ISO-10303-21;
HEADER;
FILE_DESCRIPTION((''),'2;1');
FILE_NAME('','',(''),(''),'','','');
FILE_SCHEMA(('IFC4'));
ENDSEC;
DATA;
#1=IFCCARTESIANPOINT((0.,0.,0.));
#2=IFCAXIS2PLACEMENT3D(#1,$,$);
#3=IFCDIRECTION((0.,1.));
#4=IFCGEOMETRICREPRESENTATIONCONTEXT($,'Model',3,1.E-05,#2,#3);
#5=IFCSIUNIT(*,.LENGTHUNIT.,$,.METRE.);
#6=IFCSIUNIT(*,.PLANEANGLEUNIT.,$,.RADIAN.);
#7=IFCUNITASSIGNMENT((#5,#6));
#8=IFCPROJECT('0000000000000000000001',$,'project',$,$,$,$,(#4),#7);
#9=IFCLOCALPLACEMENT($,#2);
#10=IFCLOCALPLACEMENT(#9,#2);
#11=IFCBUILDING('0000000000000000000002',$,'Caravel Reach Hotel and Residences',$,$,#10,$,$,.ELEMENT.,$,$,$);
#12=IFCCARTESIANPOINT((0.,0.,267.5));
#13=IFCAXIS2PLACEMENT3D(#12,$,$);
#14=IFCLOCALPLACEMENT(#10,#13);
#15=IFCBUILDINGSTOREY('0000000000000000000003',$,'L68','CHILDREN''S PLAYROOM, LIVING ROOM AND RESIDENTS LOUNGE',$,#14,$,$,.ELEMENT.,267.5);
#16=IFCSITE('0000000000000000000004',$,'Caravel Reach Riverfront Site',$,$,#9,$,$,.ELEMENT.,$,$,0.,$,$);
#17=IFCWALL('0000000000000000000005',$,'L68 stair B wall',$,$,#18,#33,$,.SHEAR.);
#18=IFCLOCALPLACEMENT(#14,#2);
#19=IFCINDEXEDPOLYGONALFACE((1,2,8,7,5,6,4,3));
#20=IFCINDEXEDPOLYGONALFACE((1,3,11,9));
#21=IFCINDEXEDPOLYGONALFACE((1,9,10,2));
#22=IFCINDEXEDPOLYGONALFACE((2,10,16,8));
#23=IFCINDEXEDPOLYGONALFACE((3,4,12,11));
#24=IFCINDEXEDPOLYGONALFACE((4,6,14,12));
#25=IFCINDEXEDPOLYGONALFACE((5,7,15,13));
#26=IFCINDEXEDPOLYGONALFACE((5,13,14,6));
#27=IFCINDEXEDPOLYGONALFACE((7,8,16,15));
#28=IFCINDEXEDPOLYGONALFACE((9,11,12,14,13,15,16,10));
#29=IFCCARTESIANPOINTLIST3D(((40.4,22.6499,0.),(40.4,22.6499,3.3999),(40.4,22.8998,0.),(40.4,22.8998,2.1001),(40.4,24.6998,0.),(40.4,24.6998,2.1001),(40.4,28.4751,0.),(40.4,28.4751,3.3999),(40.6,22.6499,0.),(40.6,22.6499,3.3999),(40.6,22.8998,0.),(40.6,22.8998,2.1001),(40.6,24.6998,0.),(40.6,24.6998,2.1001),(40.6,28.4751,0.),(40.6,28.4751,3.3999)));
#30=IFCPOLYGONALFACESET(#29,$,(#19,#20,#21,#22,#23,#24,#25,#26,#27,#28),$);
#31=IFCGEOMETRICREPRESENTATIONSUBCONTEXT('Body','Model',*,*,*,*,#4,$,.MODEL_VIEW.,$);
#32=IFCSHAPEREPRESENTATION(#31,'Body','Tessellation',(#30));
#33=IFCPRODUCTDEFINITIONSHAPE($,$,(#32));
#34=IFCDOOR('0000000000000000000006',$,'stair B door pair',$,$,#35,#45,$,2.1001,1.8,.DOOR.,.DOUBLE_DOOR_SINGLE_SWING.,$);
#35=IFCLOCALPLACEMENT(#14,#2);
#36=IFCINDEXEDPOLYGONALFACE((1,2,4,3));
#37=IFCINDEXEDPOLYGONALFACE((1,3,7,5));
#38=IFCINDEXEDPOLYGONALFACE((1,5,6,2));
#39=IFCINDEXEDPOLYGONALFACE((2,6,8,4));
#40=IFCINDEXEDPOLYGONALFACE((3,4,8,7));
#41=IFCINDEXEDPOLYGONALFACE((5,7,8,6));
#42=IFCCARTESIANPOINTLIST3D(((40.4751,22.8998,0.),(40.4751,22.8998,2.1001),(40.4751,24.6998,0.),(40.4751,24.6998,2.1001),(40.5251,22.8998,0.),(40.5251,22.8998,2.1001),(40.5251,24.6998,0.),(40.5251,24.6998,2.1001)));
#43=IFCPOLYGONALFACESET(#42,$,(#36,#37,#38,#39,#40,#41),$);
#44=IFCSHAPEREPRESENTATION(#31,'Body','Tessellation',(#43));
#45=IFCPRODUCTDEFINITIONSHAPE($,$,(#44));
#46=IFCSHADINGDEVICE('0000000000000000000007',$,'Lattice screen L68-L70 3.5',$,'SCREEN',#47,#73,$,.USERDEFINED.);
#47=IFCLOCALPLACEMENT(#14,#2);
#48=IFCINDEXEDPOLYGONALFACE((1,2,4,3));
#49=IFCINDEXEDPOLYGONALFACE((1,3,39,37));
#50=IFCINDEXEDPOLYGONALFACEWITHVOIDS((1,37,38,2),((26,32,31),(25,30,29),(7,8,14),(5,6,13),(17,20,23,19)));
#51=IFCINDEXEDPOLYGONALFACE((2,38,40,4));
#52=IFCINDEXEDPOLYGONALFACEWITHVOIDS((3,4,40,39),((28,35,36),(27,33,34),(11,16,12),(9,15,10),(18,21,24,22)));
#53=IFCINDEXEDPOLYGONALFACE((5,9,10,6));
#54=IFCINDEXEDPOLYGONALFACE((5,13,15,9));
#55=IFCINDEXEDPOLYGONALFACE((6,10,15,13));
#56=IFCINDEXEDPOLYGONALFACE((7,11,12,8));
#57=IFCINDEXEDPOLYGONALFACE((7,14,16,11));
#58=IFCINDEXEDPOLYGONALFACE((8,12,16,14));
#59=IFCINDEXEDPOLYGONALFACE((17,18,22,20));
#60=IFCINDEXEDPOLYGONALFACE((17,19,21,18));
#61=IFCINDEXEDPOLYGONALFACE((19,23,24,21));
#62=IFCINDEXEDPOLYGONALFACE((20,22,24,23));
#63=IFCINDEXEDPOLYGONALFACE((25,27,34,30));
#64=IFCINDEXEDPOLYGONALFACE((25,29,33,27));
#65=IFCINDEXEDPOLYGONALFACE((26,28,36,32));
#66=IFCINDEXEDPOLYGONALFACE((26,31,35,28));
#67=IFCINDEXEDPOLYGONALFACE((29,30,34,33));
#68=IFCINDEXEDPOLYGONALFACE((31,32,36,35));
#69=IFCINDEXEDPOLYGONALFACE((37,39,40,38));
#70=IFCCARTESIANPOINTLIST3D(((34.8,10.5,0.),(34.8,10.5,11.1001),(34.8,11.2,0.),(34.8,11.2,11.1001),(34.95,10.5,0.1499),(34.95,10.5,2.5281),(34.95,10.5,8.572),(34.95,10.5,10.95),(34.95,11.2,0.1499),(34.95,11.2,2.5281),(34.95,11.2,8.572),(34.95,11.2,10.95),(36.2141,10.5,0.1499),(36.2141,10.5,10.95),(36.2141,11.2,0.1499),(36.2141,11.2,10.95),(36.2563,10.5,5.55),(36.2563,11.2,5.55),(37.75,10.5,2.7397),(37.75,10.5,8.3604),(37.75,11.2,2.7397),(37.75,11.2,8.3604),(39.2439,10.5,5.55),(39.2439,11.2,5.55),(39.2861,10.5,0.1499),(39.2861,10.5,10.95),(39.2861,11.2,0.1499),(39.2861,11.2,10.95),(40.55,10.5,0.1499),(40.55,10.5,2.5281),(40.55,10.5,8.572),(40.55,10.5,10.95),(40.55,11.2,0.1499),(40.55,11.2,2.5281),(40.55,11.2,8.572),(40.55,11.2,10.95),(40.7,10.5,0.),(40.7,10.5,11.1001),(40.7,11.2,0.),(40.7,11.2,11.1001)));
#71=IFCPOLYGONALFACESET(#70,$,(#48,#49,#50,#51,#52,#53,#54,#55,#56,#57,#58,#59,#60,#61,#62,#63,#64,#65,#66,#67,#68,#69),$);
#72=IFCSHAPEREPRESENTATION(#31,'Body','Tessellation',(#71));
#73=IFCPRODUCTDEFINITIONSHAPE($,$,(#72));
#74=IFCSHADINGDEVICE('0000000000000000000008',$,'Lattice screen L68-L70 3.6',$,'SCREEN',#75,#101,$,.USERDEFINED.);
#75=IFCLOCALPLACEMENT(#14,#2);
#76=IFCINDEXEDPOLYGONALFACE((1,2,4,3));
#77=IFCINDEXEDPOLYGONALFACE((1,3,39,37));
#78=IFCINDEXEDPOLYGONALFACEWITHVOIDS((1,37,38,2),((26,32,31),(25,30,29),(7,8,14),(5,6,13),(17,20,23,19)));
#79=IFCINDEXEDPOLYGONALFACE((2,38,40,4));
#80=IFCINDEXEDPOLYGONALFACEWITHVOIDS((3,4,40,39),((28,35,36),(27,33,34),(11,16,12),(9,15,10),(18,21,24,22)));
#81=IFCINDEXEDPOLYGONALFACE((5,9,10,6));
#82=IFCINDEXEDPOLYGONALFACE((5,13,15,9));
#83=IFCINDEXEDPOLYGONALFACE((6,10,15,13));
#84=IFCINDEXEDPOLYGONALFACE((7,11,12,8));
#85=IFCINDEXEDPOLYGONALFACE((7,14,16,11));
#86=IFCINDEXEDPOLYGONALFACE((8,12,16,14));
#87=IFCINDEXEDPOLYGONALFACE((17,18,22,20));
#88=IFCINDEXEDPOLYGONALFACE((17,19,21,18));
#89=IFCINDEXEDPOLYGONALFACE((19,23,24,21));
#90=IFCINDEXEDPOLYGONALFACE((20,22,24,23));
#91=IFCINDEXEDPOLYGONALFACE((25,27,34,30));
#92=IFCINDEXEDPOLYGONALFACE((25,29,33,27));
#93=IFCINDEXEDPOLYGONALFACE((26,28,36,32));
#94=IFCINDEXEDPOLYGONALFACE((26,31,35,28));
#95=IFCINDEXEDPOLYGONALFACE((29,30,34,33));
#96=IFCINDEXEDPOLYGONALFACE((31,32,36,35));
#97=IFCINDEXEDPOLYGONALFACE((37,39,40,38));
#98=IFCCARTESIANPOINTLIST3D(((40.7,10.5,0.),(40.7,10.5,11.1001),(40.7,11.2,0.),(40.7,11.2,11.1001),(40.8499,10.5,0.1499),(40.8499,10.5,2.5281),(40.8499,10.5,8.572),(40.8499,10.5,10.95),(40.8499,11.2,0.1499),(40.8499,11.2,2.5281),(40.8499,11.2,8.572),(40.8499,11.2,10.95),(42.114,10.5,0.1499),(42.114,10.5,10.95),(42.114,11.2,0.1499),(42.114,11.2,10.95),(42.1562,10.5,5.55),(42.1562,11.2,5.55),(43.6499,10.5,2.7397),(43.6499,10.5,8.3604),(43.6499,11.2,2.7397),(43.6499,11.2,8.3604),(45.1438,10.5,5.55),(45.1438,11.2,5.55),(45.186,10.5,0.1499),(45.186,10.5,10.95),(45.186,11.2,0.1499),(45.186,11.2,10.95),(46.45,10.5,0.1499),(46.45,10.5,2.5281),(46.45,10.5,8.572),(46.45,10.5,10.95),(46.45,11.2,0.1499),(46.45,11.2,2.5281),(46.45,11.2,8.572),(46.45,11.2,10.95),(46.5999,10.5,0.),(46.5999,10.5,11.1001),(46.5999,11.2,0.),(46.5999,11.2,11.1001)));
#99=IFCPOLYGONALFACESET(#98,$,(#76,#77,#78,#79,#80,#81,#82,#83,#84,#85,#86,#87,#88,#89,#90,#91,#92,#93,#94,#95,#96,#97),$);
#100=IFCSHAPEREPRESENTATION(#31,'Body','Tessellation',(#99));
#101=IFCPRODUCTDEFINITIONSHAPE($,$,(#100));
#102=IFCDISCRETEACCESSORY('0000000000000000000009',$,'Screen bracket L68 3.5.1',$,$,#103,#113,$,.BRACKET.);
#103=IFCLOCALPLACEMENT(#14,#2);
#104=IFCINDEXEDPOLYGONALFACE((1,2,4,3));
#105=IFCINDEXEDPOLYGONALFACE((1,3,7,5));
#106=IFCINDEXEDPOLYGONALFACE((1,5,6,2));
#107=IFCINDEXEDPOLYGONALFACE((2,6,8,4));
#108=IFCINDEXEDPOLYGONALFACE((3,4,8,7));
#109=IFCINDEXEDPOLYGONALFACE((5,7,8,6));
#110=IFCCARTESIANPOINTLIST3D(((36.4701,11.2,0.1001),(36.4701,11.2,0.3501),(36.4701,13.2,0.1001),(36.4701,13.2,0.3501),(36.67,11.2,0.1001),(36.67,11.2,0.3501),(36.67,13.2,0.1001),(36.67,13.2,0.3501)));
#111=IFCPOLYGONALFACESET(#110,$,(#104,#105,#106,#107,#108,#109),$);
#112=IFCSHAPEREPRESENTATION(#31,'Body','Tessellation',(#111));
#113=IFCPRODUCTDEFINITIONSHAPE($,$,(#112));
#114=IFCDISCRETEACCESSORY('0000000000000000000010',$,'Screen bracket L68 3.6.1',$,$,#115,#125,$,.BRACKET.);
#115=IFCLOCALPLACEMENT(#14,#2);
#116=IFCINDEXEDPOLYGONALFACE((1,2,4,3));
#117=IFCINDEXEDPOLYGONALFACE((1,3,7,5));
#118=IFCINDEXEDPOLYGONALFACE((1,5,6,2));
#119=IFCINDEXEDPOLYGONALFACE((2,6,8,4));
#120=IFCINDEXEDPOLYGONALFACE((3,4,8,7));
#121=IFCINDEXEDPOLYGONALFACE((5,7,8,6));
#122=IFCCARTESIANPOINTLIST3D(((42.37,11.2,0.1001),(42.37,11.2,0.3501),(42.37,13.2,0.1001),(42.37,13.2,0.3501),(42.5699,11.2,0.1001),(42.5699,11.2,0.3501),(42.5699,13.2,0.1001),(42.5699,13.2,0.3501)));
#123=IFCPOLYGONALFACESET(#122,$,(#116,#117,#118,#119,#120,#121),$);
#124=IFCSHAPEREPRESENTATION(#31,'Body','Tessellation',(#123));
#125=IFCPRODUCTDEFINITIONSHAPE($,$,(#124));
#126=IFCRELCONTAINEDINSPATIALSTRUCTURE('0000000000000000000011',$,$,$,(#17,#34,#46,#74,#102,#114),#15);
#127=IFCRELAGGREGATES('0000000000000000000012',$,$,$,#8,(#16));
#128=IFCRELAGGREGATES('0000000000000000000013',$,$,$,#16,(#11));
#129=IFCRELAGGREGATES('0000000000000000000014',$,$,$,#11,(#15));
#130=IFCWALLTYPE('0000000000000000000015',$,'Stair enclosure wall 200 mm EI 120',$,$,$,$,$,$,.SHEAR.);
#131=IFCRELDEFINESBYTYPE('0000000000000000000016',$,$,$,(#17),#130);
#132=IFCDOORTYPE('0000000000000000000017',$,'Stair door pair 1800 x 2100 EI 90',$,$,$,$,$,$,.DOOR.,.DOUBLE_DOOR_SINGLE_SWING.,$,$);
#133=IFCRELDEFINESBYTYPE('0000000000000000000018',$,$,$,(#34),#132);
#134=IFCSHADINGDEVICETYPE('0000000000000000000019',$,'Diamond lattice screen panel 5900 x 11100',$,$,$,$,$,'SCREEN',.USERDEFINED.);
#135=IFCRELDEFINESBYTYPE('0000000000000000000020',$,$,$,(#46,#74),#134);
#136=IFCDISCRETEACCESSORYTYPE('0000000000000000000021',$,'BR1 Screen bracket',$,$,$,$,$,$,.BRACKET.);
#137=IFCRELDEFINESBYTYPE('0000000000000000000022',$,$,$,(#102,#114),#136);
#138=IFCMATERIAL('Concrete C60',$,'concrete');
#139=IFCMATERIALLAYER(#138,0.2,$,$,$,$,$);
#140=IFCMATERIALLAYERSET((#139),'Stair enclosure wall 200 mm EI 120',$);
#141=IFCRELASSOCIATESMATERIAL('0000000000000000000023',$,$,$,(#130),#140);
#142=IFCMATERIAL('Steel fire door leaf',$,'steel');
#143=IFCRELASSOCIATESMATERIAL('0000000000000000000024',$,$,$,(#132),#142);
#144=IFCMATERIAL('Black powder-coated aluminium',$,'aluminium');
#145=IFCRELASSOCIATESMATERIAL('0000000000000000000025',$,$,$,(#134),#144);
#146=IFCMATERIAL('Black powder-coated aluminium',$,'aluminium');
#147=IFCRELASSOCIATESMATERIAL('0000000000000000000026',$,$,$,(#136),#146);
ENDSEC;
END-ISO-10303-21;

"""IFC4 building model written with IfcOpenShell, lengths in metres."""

from ifc_helpers import new_model, si_unit, direction, frame, frame_2d, origin, origin_2d, place, context, subcontext, project, spatial, polyline, rectangle, outline, extrude, material, layer, layer_set, type_object, element, fill, save


model = new_model("IFC4")

# Units and contexts
model_context = context("Model", 3, precision=1e-05, world=origin(), true_north=direction((0.0, 1.0)))
body_context = subcontext(model_context, "Body", "Model", "MODEL_VIEW")
ifc_project = project(units=[si_unit("LENGTHUNIT", "METRE"), si_unit("PLANEANGLEUNIT", "RADIAN")], contexts=[model_context])

# Site, building, storey
site_placement = place(None, origin())
site = spatial("IfcSite", under=ifc_project, at=site_placement, Name="Caravel Reach Riverfront Site", CompositionType="ELEMENT", RefElevation=0.0)
building_placement = place(site_placement, origin())
building = spatial("IfcBuilding", under=site, at=building_placement, Name="Caravel Reach Hotel and Residences", CompositionType="ELEMENT")
storey_placement = place(building_placement, frame((0.0, 0.0, 267.5)))
storey = spatial("IfcBuildingStorey", under=building, at=storey_placement, Name="L68", Description="CHILDREN'S PLAYROOM, LIVING ROOM AND RESIDENTS LOUNGE", CompositionType="ELEMENT", Elevation=267.5)

# Wall, opening, door
ifc_material_1 = material(Name="Concrete C60", Category="concrete")
ifc_layer_1 = layer(ifc_material_1, 0.2)
ifc_layer_set_1 = layer_set([ifc_layer_1], Name="Stair enclosure wall 200 mm EI 120")
wall_type_1 = type_object("IfcWallType", Name="Stair enclosure wall 200 mm EI 120", PredefinedType="SHEAR", material=ifc_layer_set_1)
wall_1_placement = place(storey_placement, frame((40.5, 22.6499, 0.0), z_axis=(0.0, 0.0, 1.0), x_axis=(0.0, 1.0, 0.0)))
wall_1 = element("IfcWall", 1, at=wall_1_placement, inside=storey, type_object=wall_type_1, Name="L68 stair B wall", PredefinedType="SHEAR", context=body_context, shape_type="SweptSolid", body=[
    extrude(rectangle(XDim=5.8252, YDim=0.2, at=frame_2d((2.9126, 0.0))), origin(), (0.0, 0.0, 1.0), 3.3999),
])
opening_1_placement = place(wall_1_placement, frame((0.25, 0.0, 0.0)))
opening_1 = element("IfcOpeningElement", 2, at=opening_1_placement, cuts=wall_1, PredefinedType="OPENING", context=body_context, shape_type="SweptSolid", body=[
    extrude(rectangle(XDim=1.8, YDim=2.1001, at=frame_2d((0.8999, 1.05))), frame((0.0, 0.1099, 0.0), z_axis=(0.0, -1.0, 0.0), x_axis=(1.0, 0.0, 0.0)), (0.0, 0.0, 1.0), 0.22),
])
ifc_material_2 = material(Name="Steel fire door leaf", Category="steel")
door_type_1 = type_object("IfcDoorType", Name="Stair door pair 1800 x 2100 EI 90", OperationType="DOUBLE_DOOR_SINGLE_SWING", PredefinedType="DOOR", material=ifc_material_2)
door_1_placement = place(opening_1_placement, origin())
door_1 = element("IfcDoor", 3, at=door_1_placement, inside=storey, type_object=door_type_1, Name="stair B door pair", OperationType="DOUBLE_DOOR_SINGLE_SWING", OverallHeight=2.1001, OverallWidth=1.8, PredefinedType="DOOR", context=body_context, shape_type="SweptSolid", body=[
    extrude(rectangle(XDim=1.8, YDim=2.1001, at=frame_2d((0.8999, 1.05))), frame((0.0, 0.0249, 0.0), z_axis=(0.0, -1.0, 0.0), x_axis=(1.0, 0.0, 0.0)), (0.0, 0.0, 1.0), 0.05),
])
fill(opening_1, door_1)

# Shading devices
ifc_material_3 = material(Name="Black powder-coated aluminium", Category="aluminium")
shading_device_type = type_object("IfcShadingDeviceType", Name="Diamond lattice screen panel 5900 x 11100", ElementType="SCREEN", PredefinedType="USERDEFINED", material=ifc_material_3)
for number, where, z_axis, x_axis, name in (
    (4, (34.8, 11.2, 0.0), (0.0, -1.0, 0.0), (1.0, 0.0, 0.0), "Lattice screen L68-L70 3.5"),
    (5, (40.7, 11.2, 0.0), (0.0, -1.0, 0.0), (1.0, 0.0, 0.0), "Lattice screen L68-L70 3.6"),
):
    element("IfcShadingDevice", number, at=place(storey_placement, frame(where, z_axis=z_axis, x_axis=x_axis)), inside=storey, type_object=shading_device_type, Name=name, ObjectType="SCREEN", PredefinedType="USERDEFINED", context=body_context, shape_type="SweptSolid", body=[
        extrude(outline(polyline([(0.0, 0.0), (5.8999, 0.0), (5.8999, 11.1001), (0.0, 11.1001), (0.0, 0.0)]), holes=[polyline([(1.4141, 0.1499), (0.1499, 2.5281), (0.1499, 0.1499), (1.4141, 0.1499)]), polyline([(0.1499, 8.572), (1.4141, 10.95), (0.1499, 10.95), (0.1499, 8.572)]), polyline([(2.95, 8.3604), (1.4563, 5.55), (2.95, 2.7397), (4.4438, 5.55), (2.95, 8.3604)]), polyline([(5.75, 2.5281), (4.4861, 0.1499), (5.75, 0.1499), (5.75, 2.5281)]), polyline([(4.4861, 10.95), (5.75, 8.572), (5.75, 10.95), (4.4861, 10.95)])]), origin(), (0.0, 0.0, 1.0), 0.7),
    ])

# Discrete accessories
ifc_material_4 = material(Name="Black powder-coated aluminium", Category="aluminium")
discrete_accessory_type = type_object("IfcDiscreteAccessoryType", Name="BR1 Screen bracket", PredefinedType="BRACKET", material=ifc_material_4)
for number, where, z_axis, x_axis, name in (
    (6, (36.5701, 12.2, 0.1001), (0.0, 0.0, 1.0), (0.0, -1.0, 0.0), "Screen bracket L68 3.5.1"),
    (7, (42.47, 12.2, 0.1001), (0.0, 0.0, 1.0), (0.0, -1.0, 0.0), "Screen bracket L68 3.6.1"),
):
    element("IfcDiscreteAccessory", number, at=place(storey_placement, frame(where, z_axis=z_axis, x_axis=x_axis)), inside=storey, type_object=discrete_accessory_type, Name=name, PredefinedType="BRACKET", context=body_context, shape_type="SweptSolid", body=[
        extrude(rectangle(XDim=2.0, YDim=0.2, at=origin_2d()), origin(), (0.0, 0.0, 1.0), 0.25),
    ])

save(model, "model.ifc")
